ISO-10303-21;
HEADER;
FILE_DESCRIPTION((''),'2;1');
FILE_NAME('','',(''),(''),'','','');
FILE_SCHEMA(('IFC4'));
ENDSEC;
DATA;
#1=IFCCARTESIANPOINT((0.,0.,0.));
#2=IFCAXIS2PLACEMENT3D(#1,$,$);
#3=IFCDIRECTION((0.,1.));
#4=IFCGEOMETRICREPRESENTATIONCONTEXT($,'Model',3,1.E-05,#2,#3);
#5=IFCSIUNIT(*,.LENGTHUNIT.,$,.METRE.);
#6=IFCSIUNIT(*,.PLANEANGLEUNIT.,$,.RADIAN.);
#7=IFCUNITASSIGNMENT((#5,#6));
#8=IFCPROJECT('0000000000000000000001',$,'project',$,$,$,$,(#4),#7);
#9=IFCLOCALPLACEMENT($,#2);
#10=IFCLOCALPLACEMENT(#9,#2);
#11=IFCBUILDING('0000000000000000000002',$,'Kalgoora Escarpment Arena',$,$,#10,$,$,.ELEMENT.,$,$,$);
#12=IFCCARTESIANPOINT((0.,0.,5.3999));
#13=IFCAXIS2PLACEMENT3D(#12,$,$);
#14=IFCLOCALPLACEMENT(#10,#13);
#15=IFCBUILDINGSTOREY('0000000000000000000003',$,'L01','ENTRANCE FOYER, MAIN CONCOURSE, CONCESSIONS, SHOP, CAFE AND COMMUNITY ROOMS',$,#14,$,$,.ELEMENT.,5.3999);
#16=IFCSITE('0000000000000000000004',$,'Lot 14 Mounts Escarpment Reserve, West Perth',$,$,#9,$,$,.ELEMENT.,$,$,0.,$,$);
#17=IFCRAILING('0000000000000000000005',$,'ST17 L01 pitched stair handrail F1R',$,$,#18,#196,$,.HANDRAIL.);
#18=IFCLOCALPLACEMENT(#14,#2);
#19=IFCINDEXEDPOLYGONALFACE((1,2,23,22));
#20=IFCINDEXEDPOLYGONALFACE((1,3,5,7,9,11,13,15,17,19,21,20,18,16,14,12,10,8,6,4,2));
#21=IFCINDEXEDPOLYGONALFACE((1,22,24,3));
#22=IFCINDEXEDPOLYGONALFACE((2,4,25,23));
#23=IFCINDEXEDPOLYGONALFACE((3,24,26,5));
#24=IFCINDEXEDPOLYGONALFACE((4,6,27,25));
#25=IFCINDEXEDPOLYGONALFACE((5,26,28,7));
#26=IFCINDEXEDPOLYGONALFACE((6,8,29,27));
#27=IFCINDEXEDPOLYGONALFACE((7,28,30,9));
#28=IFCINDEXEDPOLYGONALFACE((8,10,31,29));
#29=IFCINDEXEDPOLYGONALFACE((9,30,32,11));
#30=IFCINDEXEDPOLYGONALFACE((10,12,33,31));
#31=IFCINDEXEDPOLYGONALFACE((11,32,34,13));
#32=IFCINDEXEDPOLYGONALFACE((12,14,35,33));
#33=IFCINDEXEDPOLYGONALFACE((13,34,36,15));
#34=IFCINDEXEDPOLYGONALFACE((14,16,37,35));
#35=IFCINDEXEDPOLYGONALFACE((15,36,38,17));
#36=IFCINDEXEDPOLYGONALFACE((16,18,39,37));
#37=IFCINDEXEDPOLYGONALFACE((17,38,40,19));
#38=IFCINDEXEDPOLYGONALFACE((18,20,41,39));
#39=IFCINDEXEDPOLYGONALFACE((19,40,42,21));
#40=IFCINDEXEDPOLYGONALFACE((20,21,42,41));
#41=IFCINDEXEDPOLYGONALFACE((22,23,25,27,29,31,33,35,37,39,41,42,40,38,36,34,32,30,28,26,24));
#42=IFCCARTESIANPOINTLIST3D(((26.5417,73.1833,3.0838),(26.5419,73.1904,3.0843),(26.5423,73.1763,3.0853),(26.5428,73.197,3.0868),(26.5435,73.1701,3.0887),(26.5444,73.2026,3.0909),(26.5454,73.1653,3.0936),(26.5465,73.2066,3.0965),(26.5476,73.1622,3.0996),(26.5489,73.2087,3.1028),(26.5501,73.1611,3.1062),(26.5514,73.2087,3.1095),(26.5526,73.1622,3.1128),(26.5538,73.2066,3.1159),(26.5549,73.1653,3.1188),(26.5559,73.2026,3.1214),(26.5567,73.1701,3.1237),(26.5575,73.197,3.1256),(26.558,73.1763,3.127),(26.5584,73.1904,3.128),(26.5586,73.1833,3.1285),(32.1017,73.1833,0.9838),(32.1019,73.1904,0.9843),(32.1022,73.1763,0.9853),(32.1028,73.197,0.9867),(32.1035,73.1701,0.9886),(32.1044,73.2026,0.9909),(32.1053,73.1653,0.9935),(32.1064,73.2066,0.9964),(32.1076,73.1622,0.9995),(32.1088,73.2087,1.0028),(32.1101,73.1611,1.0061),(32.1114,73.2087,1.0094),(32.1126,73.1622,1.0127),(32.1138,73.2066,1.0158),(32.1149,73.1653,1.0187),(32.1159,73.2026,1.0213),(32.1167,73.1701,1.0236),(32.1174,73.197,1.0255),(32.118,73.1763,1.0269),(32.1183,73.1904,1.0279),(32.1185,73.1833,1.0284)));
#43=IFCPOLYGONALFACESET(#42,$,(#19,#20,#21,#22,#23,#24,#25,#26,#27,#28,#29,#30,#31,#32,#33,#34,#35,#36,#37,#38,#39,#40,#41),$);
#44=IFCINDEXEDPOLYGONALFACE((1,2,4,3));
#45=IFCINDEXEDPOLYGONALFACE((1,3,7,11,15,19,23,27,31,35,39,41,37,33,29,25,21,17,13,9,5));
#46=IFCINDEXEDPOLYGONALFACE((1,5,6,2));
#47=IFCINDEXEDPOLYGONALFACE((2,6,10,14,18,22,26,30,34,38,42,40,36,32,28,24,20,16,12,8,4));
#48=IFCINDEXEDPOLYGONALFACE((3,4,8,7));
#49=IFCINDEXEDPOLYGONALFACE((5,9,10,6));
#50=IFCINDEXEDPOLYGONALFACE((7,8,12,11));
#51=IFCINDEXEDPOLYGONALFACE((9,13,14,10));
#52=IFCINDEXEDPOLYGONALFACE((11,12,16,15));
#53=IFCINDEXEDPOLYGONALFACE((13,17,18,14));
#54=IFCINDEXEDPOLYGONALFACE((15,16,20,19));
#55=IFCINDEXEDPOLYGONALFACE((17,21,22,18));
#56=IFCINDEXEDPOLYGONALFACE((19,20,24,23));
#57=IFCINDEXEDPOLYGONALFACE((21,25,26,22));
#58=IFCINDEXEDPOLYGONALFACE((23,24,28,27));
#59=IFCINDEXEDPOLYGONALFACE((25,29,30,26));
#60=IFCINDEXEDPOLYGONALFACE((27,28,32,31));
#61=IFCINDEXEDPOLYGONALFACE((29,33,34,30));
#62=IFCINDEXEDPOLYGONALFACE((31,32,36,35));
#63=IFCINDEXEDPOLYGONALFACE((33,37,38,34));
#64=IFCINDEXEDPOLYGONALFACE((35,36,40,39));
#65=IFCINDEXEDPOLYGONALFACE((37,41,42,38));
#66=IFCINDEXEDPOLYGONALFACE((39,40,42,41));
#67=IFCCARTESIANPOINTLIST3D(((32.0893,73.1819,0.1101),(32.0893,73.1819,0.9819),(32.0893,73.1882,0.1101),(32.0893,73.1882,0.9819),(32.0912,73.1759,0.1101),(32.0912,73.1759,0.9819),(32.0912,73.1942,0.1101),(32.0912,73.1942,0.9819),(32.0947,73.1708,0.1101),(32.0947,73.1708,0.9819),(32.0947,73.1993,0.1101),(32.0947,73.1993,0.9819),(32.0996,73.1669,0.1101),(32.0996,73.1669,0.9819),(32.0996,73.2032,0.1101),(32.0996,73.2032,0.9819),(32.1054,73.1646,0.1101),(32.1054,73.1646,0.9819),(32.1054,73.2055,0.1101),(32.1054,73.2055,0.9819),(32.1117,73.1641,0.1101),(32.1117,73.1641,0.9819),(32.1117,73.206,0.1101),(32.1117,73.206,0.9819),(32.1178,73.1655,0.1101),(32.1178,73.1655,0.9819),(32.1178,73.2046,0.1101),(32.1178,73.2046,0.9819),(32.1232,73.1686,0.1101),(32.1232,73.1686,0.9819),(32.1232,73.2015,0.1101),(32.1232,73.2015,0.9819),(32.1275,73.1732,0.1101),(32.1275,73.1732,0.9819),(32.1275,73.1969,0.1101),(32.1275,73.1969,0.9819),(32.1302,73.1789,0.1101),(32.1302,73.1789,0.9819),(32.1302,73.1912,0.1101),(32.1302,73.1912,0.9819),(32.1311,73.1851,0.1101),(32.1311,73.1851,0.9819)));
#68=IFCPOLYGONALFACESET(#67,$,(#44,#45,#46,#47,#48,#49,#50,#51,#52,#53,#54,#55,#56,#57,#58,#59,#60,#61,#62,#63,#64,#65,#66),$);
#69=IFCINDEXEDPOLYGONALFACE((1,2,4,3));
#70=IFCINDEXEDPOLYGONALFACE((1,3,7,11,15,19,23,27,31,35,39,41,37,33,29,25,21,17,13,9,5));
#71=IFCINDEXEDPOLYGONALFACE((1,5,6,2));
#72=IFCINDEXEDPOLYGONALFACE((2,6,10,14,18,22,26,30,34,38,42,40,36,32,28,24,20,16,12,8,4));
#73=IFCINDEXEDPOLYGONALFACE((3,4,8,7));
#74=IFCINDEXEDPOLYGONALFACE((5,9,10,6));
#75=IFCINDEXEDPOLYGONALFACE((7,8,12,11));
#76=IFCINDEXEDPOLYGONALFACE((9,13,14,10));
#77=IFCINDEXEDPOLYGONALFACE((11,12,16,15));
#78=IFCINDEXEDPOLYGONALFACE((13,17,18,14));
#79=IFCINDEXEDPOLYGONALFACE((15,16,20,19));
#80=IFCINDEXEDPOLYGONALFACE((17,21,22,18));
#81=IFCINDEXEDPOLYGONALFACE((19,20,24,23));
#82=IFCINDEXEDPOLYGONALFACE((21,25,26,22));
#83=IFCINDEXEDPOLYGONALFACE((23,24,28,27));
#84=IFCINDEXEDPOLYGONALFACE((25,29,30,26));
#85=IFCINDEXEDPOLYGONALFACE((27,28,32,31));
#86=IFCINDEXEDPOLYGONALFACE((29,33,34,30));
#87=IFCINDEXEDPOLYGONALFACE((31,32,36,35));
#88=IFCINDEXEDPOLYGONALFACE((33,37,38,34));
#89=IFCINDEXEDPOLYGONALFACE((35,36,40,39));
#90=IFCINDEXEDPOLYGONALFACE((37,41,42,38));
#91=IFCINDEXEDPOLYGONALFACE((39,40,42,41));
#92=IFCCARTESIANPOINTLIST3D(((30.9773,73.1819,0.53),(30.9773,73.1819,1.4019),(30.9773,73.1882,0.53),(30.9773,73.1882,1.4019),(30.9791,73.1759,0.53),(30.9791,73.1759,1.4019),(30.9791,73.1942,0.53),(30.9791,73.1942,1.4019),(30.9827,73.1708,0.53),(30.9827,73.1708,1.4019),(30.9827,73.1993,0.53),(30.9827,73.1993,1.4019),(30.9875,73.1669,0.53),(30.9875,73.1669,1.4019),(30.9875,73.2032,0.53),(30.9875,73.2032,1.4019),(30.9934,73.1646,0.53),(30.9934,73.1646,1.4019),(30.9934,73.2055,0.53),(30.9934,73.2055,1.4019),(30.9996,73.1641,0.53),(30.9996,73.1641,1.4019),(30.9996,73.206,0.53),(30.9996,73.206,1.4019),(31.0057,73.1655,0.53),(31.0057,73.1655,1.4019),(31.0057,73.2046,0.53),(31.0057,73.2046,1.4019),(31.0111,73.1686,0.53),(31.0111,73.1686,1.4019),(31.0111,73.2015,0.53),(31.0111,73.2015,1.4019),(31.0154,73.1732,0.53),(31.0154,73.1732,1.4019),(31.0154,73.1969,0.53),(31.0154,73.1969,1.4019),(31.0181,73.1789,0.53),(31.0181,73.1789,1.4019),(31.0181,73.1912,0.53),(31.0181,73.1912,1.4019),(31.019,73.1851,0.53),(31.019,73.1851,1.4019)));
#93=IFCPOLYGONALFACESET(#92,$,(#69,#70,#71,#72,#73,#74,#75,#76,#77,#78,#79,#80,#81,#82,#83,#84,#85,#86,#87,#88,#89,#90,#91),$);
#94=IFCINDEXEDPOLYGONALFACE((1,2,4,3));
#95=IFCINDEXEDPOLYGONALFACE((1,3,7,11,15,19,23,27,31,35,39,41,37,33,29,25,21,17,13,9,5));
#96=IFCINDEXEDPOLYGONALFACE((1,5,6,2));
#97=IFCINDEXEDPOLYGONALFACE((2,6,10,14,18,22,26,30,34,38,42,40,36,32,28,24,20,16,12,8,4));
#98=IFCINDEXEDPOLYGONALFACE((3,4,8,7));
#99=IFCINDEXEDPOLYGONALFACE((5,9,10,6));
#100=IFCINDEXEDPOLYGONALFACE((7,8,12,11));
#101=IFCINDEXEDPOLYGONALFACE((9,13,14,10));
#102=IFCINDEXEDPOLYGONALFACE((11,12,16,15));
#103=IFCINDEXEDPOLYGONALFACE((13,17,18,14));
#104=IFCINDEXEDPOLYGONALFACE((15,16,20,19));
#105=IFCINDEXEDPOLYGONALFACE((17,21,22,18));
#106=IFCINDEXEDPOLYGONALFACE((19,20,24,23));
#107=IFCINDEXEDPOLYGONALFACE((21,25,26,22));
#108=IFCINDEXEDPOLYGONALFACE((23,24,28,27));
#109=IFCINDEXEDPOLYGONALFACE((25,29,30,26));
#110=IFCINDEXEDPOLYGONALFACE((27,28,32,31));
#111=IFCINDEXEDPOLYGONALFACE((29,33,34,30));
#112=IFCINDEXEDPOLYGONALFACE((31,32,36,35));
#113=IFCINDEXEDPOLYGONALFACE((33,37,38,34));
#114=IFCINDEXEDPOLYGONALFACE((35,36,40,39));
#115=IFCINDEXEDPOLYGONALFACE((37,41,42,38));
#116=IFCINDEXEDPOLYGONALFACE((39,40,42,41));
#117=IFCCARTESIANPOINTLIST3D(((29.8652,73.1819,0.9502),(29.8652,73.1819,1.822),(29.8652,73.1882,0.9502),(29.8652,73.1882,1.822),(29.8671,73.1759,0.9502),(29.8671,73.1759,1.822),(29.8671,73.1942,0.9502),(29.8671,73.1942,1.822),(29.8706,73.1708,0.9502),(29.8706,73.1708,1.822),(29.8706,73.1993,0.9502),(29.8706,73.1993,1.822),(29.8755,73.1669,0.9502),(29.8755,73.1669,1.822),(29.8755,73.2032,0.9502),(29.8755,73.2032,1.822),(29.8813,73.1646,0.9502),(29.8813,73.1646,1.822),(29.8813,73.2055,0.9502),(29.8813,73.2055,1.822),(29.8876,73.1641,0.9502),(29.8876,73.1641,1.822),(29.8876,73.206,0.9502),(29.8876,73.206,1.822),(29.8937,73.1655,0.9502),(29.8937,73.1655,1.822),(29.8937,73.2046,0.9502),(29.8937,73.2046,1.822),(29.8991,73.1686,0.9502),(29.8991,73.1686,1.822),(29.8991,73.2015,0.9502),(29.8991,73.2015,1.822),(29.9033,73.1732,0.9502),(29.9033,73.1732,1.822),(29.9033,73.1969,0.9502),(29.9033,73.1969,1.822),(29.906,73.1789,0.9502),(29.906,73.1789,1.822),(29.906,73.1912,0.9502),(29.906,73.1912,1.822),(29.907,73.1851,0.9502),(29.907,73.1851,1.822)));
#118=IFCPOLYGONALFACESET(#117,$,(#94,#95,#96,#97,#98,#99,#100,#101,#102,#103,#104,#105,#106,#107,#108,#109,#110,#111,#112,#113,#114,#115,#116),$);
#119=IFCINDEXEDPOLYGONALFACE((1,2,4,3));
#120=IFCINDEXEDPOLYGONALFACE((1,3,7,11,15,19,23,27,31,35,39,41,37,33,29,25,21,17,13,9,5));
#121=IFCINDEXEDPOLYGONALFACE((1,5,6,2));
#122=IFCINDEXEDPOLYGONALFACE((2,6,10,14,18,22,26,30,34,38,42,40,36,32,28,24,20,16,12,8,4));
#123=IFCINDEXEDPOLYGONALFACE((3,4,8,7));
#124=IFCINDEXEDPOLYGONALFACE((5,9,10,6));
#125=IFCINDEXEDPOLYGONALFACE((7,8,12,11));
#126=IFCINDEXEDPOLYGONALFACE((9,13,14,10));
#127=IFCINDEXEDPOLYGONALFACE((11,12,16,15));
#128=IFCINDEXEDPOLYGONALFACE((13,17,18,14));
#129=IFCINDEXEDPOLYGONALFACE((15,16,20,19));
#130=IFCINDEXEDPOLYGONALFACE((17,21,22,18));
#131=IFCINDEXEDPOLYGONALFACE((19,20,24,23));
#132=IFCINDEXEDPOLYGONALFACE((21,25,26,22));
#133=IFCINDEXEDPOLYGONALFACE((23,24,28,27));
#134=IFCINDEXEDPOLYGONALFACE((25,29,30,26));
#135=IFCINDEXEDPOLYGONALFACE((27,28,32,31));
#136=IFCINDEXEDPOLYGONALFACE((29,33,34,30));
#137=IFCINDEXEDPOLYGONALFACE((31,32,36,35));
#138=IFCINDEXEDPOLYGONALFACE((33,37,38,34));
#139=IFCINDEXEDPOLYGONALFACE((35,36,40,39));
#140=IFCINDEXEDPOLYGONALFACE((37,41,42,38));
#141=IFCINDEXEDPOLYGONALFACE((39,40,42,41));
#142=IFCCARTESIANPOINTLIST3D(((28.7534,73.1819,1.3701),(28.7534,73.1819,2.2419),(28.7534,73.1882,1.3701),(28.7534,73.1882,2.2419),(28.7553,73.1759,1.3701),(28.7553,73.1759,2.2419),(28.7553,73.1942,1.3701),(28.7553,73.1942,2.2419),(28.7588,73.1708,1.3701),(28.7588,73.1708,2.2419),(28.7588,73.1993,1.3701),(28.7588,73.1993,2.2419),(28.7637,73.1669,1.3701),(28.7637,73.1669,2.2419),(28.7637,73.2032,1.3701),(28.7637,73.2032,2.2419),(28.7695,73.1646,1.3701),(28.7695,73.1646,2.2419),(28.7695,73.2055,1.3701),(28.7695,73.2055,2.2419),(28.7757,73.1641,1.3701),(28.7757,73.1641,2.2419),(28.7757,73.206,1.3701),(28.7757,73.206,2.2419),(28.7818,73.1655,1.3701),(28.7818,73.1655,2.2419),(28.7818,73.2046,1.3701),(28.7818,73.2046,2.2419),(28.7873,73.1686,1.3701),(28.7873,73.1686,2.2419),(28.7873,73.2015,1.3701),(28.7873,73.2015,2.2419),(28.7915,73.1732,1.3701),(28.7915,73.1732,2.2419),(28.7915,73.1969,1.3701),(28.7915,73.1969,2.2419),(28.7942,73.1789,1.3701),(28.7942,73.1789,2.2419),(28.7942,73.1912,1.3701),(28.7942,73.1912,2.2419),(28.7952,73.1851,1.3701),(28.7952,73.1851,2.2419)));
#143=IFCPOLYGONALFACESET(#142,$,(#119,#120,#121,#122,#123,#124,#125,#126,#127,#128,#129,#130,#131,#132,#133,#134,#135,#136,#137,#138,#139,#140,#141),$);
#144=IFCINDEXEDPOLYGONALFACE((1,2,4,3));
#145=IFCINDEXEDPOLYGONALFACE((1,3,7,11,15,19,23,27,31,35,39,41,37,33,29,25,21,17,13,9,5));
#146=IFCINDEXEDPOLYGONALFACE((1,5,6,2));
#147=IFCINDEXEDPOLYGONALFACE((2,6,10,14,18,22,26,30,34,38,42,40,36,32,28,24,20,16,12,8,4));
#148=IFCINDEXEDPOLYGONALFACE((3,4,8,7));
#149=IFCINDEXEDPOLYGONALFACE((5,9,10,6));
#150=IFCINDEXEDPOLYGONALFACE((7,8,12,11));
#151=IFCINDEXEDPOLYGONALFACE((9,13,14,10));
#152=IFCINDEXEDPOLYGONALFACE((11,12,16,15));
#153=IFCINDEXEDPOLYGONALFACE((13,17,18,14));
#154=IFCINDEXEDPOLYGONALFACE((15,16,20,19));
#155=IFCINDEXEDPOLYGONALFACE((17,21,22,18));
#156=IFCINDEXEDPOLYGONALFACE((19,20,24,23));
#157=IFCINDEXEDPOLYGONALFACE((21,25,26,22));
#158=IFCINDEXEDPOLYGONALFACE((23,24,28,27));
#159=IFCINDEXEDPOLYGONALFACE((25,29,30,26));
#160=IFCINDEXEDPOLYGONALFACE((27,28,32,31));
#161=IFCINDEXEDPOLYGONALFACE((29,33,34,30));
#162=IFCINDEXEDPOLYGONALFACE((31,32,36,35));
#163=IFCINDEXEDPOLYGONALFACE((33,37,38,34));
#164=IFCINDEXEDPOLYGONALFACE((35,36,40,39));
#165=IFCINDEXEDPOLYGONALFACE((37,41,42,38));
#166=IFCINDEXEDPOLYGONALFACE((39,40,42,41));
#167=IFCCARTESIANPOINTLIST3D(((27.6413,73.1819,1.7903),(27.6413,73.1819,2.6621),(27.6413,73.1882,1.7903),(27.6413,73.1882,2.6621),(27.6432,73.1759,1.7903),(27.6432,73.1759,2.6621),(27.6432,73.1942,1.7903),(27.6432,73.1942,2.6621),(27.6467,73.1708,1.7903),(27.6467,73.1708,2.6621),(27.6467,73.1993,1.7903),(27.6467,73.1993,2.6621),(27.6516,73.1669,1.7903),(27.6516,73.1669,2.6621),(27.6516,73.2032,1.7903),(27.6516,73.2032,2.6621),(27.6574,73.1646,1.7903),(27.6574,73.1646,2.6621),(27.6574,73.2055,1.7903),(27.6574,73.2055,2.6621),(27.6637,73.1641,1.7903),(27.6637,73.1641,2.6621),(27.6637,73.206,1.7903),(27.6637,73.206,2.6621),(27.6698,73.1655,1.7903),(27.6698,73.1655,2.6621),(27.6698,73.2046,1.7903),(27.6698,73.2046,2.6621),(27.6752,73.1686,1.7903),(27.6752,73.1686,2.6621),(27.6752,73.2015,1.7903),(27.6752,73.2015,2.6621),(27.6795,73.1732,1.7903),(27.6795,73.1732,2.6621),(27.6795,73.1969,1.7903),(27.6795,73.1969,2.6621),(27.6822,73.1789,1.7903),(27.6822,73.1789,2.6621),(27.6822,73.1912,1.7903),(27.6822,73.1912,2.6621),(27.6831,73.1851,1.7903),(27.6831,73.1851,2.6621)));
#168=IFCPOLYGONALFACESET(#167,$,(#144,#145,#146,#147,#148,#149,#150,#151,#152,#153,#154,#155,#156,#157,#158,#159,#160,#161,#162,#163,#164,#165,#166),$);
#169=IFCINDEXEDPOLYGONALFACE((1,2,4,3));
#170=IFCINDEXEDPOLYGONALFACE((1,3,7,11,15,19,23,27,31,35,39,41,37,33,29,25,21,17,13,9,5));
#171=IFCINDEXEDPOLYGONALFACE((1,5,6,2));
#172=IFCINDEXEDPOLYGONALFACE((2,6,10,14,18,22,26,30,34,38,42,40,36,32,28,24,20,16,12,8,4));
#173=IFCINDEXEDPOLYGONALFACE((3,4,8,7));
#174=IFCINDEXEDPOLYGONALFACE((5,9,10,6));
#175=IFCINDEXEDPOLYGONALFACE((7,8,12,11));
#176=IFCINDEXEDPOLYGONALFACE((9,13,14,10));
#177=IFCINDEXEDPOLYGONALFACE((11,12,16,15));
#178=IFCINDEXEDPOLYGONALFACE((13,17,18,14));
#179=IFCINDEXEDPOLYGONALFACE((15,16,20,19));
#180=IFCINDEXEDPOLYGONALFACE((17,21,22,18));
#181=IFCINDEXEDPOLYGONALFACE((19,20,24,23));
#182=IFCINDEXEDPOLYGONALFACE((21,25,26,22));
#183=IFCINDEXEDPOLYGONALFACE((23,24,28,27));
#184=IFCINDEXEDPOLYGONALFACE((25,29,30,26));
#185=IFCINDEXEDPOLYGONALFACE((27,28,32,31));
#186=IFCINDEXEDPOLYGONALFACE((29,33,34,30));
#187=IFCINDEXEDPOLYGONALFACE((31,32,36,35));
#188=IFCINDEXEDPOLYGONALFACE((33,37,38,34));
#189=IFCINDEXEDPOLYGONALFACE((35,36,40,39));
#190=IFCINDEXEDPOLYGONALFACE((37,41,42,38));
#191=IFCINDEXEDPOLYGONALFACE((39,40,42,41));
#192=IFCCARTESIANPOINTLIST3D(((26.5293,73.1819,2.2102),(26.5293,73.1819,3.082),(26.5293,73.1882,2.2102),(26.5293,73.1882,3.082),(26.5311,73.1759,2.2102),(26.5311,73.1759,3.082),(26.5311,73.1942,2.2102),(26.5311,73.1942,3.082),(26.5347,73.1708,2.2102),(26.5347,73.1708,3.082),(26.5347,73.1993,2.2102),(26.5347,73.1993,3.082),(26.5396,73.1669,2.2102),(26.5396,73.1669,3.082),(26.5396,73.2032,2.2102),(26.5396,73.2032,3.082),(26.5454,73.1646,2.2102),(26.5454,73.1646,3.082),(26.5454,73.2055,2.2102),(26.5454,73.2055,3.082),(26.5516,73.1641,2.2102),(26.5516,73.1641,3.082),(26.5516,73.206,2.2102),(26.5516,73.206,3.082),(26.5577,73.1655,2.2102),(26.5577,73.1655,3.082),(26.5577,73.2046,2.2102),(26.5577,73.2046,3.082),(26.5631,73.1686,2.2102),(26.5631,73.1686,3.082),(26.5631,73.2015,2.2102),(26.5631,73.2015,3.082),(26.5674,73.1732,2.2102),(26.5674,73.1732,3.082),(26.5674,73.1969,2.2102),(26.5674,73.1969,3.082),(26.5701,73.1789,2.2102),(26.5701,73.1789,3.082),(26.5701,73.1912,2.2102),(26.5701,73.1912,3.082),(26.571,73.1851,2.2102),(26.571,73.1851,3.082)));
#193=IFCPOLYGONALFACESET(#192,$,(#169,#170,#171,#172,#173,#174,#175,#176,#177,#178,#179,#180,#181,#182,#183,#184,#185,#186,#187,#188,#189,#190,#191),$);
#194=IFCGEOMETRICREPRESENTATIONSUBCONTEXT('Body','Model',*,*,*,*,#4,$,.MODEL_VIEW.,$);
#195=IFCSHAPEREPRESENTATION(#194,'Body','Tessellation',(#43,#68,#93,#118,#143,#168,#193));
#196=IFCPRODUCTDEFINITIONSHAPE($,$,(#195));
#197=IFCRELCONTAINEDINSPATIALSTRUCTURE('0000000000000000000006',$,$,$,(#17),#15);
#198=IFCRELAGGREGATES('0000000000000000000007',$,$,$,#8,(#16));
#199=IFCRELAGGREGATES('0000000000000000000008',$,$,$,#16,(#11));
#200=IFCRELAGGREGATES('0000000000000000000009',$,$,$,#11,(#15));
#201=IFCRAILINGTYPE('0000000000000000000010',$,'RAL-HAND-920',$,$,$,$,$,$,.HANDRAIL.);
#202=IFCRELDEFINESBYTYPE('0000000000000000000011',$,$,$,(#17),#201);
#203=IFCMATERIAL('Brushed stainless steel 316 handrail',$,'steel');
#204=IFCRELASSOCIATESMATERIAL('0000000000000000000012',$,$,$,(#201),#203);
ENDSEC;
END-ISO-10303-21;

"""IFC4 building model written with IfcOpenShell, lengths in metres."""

from ifc_helpers import new_model, si_unit, direction, frame, origin, origin_2d, place, context, subcontext, project, spatial, circle, extrude, material, type_object, element, save


model = new_model("IFC4")

# Units and contexts
model_context = context("Model", 3, precision=1e-05, world=origin(), true_north=direction((0.0, 1.0)))
body_context = subcontext(model_context, "Body", "Model", "MODEL_VIEW")
ifc_project = project(units=[si_unit("LENGTHUNIT", "METRE"), si_unit("PLANEANGLEUNIT", "RADIAN")], contexts=[model_context])

# Site, building, storey
site_placement = place(None, origin())
site = spatial("IfcSite", under=ifc_project, at=site_placement, Name="Lot 14 Mounts Escarpment Reserve, West Perth", CompositionType="ELEMENT", RefElevation=0.0)
building_placement = place(site_placement, origin())
building = spatial("IfcBuilding", under=site, at=building_placement, Name="Kalgoora Escarpment Arena", CompositionType="ELEMENT")
storey_placement = place(building_placement, frame((0.0, 0.0, 5.3999)))
storey = spatial("IfcBuildingStorey", under=building, at=storey_placement, Name="L01", Description="ENTRANCE FOYER, MAIN CONCOURSE, CONCESSIONS, SHOP, CAFE AND COMMUNITY ROOMS", CompositionType="ELEMENT", Elevation=5.3999)

# Railing
ifc_material_1 = material(Name="Brushed stainless steel 316 handrail", Category="steel")
railing_type_1 = type_object("IfcRailingType", Name="RAL-HAND-920", PredefinedType="HANDRAIL", material=ifc_material_1)
for number, where, name in (
    (1, (32.1101, 73.1851, 0.1101), "ST17 L01 pitched stair handrail F1R"),
):
    element("IfcRailing", number, at=place(storey_placement, frame(where)), inside=storey, type_object=railing_type_1, Name=name, PredefinedType="HANDRAIL", context=body_context, shape_type="SweptSolid", body=[
        extrude(circle(Radius=0.0239, at=origin_2d()), frame((0.0, 0.0, 0.896), z_axis=(-0.935493, 0.0, 0.353346), x_axis=(0.0, -1.0, 0.0)), (0.0, 0.0, 1.0), 5.9434),
        extrude(circle(Radius=0.021, at=origin_2d()), origin(), (0.0, 0.0, 1.0), 0.8718),
        extrude(circle(Radius=0.021, at=origin_2d()), frame((-1.1121, 0.0, 0.4199)), (0.0, 0.0, 1.0), 0.8718),
        extrude(circle(Radius=0.021, at=origin_2d()), frame((-2.2241, 0.0, 0.8401)), (0.0, 0.0, 1.0), 0.8718),
        extrude(circle(Radius=0.021, at=origin_2d()), frame((-3.3359, 0.0, 1.26)), (0.0, 0.0, 1.0), 0.8718),
        extrude(circle(Radius=0.021, at=origin_2d()), frame((-4.448, 0.0, 1.6802)), (0.0, 0.0, 1.0), 0.8718),
        extrude(circle(Radius=0.021, at=origin_2d()), frame((-5.5601, 0.0, 2.1001)), (0.0, 0.0, 1.0), 0.8718),
    ])

save(model, "model.ifc")
